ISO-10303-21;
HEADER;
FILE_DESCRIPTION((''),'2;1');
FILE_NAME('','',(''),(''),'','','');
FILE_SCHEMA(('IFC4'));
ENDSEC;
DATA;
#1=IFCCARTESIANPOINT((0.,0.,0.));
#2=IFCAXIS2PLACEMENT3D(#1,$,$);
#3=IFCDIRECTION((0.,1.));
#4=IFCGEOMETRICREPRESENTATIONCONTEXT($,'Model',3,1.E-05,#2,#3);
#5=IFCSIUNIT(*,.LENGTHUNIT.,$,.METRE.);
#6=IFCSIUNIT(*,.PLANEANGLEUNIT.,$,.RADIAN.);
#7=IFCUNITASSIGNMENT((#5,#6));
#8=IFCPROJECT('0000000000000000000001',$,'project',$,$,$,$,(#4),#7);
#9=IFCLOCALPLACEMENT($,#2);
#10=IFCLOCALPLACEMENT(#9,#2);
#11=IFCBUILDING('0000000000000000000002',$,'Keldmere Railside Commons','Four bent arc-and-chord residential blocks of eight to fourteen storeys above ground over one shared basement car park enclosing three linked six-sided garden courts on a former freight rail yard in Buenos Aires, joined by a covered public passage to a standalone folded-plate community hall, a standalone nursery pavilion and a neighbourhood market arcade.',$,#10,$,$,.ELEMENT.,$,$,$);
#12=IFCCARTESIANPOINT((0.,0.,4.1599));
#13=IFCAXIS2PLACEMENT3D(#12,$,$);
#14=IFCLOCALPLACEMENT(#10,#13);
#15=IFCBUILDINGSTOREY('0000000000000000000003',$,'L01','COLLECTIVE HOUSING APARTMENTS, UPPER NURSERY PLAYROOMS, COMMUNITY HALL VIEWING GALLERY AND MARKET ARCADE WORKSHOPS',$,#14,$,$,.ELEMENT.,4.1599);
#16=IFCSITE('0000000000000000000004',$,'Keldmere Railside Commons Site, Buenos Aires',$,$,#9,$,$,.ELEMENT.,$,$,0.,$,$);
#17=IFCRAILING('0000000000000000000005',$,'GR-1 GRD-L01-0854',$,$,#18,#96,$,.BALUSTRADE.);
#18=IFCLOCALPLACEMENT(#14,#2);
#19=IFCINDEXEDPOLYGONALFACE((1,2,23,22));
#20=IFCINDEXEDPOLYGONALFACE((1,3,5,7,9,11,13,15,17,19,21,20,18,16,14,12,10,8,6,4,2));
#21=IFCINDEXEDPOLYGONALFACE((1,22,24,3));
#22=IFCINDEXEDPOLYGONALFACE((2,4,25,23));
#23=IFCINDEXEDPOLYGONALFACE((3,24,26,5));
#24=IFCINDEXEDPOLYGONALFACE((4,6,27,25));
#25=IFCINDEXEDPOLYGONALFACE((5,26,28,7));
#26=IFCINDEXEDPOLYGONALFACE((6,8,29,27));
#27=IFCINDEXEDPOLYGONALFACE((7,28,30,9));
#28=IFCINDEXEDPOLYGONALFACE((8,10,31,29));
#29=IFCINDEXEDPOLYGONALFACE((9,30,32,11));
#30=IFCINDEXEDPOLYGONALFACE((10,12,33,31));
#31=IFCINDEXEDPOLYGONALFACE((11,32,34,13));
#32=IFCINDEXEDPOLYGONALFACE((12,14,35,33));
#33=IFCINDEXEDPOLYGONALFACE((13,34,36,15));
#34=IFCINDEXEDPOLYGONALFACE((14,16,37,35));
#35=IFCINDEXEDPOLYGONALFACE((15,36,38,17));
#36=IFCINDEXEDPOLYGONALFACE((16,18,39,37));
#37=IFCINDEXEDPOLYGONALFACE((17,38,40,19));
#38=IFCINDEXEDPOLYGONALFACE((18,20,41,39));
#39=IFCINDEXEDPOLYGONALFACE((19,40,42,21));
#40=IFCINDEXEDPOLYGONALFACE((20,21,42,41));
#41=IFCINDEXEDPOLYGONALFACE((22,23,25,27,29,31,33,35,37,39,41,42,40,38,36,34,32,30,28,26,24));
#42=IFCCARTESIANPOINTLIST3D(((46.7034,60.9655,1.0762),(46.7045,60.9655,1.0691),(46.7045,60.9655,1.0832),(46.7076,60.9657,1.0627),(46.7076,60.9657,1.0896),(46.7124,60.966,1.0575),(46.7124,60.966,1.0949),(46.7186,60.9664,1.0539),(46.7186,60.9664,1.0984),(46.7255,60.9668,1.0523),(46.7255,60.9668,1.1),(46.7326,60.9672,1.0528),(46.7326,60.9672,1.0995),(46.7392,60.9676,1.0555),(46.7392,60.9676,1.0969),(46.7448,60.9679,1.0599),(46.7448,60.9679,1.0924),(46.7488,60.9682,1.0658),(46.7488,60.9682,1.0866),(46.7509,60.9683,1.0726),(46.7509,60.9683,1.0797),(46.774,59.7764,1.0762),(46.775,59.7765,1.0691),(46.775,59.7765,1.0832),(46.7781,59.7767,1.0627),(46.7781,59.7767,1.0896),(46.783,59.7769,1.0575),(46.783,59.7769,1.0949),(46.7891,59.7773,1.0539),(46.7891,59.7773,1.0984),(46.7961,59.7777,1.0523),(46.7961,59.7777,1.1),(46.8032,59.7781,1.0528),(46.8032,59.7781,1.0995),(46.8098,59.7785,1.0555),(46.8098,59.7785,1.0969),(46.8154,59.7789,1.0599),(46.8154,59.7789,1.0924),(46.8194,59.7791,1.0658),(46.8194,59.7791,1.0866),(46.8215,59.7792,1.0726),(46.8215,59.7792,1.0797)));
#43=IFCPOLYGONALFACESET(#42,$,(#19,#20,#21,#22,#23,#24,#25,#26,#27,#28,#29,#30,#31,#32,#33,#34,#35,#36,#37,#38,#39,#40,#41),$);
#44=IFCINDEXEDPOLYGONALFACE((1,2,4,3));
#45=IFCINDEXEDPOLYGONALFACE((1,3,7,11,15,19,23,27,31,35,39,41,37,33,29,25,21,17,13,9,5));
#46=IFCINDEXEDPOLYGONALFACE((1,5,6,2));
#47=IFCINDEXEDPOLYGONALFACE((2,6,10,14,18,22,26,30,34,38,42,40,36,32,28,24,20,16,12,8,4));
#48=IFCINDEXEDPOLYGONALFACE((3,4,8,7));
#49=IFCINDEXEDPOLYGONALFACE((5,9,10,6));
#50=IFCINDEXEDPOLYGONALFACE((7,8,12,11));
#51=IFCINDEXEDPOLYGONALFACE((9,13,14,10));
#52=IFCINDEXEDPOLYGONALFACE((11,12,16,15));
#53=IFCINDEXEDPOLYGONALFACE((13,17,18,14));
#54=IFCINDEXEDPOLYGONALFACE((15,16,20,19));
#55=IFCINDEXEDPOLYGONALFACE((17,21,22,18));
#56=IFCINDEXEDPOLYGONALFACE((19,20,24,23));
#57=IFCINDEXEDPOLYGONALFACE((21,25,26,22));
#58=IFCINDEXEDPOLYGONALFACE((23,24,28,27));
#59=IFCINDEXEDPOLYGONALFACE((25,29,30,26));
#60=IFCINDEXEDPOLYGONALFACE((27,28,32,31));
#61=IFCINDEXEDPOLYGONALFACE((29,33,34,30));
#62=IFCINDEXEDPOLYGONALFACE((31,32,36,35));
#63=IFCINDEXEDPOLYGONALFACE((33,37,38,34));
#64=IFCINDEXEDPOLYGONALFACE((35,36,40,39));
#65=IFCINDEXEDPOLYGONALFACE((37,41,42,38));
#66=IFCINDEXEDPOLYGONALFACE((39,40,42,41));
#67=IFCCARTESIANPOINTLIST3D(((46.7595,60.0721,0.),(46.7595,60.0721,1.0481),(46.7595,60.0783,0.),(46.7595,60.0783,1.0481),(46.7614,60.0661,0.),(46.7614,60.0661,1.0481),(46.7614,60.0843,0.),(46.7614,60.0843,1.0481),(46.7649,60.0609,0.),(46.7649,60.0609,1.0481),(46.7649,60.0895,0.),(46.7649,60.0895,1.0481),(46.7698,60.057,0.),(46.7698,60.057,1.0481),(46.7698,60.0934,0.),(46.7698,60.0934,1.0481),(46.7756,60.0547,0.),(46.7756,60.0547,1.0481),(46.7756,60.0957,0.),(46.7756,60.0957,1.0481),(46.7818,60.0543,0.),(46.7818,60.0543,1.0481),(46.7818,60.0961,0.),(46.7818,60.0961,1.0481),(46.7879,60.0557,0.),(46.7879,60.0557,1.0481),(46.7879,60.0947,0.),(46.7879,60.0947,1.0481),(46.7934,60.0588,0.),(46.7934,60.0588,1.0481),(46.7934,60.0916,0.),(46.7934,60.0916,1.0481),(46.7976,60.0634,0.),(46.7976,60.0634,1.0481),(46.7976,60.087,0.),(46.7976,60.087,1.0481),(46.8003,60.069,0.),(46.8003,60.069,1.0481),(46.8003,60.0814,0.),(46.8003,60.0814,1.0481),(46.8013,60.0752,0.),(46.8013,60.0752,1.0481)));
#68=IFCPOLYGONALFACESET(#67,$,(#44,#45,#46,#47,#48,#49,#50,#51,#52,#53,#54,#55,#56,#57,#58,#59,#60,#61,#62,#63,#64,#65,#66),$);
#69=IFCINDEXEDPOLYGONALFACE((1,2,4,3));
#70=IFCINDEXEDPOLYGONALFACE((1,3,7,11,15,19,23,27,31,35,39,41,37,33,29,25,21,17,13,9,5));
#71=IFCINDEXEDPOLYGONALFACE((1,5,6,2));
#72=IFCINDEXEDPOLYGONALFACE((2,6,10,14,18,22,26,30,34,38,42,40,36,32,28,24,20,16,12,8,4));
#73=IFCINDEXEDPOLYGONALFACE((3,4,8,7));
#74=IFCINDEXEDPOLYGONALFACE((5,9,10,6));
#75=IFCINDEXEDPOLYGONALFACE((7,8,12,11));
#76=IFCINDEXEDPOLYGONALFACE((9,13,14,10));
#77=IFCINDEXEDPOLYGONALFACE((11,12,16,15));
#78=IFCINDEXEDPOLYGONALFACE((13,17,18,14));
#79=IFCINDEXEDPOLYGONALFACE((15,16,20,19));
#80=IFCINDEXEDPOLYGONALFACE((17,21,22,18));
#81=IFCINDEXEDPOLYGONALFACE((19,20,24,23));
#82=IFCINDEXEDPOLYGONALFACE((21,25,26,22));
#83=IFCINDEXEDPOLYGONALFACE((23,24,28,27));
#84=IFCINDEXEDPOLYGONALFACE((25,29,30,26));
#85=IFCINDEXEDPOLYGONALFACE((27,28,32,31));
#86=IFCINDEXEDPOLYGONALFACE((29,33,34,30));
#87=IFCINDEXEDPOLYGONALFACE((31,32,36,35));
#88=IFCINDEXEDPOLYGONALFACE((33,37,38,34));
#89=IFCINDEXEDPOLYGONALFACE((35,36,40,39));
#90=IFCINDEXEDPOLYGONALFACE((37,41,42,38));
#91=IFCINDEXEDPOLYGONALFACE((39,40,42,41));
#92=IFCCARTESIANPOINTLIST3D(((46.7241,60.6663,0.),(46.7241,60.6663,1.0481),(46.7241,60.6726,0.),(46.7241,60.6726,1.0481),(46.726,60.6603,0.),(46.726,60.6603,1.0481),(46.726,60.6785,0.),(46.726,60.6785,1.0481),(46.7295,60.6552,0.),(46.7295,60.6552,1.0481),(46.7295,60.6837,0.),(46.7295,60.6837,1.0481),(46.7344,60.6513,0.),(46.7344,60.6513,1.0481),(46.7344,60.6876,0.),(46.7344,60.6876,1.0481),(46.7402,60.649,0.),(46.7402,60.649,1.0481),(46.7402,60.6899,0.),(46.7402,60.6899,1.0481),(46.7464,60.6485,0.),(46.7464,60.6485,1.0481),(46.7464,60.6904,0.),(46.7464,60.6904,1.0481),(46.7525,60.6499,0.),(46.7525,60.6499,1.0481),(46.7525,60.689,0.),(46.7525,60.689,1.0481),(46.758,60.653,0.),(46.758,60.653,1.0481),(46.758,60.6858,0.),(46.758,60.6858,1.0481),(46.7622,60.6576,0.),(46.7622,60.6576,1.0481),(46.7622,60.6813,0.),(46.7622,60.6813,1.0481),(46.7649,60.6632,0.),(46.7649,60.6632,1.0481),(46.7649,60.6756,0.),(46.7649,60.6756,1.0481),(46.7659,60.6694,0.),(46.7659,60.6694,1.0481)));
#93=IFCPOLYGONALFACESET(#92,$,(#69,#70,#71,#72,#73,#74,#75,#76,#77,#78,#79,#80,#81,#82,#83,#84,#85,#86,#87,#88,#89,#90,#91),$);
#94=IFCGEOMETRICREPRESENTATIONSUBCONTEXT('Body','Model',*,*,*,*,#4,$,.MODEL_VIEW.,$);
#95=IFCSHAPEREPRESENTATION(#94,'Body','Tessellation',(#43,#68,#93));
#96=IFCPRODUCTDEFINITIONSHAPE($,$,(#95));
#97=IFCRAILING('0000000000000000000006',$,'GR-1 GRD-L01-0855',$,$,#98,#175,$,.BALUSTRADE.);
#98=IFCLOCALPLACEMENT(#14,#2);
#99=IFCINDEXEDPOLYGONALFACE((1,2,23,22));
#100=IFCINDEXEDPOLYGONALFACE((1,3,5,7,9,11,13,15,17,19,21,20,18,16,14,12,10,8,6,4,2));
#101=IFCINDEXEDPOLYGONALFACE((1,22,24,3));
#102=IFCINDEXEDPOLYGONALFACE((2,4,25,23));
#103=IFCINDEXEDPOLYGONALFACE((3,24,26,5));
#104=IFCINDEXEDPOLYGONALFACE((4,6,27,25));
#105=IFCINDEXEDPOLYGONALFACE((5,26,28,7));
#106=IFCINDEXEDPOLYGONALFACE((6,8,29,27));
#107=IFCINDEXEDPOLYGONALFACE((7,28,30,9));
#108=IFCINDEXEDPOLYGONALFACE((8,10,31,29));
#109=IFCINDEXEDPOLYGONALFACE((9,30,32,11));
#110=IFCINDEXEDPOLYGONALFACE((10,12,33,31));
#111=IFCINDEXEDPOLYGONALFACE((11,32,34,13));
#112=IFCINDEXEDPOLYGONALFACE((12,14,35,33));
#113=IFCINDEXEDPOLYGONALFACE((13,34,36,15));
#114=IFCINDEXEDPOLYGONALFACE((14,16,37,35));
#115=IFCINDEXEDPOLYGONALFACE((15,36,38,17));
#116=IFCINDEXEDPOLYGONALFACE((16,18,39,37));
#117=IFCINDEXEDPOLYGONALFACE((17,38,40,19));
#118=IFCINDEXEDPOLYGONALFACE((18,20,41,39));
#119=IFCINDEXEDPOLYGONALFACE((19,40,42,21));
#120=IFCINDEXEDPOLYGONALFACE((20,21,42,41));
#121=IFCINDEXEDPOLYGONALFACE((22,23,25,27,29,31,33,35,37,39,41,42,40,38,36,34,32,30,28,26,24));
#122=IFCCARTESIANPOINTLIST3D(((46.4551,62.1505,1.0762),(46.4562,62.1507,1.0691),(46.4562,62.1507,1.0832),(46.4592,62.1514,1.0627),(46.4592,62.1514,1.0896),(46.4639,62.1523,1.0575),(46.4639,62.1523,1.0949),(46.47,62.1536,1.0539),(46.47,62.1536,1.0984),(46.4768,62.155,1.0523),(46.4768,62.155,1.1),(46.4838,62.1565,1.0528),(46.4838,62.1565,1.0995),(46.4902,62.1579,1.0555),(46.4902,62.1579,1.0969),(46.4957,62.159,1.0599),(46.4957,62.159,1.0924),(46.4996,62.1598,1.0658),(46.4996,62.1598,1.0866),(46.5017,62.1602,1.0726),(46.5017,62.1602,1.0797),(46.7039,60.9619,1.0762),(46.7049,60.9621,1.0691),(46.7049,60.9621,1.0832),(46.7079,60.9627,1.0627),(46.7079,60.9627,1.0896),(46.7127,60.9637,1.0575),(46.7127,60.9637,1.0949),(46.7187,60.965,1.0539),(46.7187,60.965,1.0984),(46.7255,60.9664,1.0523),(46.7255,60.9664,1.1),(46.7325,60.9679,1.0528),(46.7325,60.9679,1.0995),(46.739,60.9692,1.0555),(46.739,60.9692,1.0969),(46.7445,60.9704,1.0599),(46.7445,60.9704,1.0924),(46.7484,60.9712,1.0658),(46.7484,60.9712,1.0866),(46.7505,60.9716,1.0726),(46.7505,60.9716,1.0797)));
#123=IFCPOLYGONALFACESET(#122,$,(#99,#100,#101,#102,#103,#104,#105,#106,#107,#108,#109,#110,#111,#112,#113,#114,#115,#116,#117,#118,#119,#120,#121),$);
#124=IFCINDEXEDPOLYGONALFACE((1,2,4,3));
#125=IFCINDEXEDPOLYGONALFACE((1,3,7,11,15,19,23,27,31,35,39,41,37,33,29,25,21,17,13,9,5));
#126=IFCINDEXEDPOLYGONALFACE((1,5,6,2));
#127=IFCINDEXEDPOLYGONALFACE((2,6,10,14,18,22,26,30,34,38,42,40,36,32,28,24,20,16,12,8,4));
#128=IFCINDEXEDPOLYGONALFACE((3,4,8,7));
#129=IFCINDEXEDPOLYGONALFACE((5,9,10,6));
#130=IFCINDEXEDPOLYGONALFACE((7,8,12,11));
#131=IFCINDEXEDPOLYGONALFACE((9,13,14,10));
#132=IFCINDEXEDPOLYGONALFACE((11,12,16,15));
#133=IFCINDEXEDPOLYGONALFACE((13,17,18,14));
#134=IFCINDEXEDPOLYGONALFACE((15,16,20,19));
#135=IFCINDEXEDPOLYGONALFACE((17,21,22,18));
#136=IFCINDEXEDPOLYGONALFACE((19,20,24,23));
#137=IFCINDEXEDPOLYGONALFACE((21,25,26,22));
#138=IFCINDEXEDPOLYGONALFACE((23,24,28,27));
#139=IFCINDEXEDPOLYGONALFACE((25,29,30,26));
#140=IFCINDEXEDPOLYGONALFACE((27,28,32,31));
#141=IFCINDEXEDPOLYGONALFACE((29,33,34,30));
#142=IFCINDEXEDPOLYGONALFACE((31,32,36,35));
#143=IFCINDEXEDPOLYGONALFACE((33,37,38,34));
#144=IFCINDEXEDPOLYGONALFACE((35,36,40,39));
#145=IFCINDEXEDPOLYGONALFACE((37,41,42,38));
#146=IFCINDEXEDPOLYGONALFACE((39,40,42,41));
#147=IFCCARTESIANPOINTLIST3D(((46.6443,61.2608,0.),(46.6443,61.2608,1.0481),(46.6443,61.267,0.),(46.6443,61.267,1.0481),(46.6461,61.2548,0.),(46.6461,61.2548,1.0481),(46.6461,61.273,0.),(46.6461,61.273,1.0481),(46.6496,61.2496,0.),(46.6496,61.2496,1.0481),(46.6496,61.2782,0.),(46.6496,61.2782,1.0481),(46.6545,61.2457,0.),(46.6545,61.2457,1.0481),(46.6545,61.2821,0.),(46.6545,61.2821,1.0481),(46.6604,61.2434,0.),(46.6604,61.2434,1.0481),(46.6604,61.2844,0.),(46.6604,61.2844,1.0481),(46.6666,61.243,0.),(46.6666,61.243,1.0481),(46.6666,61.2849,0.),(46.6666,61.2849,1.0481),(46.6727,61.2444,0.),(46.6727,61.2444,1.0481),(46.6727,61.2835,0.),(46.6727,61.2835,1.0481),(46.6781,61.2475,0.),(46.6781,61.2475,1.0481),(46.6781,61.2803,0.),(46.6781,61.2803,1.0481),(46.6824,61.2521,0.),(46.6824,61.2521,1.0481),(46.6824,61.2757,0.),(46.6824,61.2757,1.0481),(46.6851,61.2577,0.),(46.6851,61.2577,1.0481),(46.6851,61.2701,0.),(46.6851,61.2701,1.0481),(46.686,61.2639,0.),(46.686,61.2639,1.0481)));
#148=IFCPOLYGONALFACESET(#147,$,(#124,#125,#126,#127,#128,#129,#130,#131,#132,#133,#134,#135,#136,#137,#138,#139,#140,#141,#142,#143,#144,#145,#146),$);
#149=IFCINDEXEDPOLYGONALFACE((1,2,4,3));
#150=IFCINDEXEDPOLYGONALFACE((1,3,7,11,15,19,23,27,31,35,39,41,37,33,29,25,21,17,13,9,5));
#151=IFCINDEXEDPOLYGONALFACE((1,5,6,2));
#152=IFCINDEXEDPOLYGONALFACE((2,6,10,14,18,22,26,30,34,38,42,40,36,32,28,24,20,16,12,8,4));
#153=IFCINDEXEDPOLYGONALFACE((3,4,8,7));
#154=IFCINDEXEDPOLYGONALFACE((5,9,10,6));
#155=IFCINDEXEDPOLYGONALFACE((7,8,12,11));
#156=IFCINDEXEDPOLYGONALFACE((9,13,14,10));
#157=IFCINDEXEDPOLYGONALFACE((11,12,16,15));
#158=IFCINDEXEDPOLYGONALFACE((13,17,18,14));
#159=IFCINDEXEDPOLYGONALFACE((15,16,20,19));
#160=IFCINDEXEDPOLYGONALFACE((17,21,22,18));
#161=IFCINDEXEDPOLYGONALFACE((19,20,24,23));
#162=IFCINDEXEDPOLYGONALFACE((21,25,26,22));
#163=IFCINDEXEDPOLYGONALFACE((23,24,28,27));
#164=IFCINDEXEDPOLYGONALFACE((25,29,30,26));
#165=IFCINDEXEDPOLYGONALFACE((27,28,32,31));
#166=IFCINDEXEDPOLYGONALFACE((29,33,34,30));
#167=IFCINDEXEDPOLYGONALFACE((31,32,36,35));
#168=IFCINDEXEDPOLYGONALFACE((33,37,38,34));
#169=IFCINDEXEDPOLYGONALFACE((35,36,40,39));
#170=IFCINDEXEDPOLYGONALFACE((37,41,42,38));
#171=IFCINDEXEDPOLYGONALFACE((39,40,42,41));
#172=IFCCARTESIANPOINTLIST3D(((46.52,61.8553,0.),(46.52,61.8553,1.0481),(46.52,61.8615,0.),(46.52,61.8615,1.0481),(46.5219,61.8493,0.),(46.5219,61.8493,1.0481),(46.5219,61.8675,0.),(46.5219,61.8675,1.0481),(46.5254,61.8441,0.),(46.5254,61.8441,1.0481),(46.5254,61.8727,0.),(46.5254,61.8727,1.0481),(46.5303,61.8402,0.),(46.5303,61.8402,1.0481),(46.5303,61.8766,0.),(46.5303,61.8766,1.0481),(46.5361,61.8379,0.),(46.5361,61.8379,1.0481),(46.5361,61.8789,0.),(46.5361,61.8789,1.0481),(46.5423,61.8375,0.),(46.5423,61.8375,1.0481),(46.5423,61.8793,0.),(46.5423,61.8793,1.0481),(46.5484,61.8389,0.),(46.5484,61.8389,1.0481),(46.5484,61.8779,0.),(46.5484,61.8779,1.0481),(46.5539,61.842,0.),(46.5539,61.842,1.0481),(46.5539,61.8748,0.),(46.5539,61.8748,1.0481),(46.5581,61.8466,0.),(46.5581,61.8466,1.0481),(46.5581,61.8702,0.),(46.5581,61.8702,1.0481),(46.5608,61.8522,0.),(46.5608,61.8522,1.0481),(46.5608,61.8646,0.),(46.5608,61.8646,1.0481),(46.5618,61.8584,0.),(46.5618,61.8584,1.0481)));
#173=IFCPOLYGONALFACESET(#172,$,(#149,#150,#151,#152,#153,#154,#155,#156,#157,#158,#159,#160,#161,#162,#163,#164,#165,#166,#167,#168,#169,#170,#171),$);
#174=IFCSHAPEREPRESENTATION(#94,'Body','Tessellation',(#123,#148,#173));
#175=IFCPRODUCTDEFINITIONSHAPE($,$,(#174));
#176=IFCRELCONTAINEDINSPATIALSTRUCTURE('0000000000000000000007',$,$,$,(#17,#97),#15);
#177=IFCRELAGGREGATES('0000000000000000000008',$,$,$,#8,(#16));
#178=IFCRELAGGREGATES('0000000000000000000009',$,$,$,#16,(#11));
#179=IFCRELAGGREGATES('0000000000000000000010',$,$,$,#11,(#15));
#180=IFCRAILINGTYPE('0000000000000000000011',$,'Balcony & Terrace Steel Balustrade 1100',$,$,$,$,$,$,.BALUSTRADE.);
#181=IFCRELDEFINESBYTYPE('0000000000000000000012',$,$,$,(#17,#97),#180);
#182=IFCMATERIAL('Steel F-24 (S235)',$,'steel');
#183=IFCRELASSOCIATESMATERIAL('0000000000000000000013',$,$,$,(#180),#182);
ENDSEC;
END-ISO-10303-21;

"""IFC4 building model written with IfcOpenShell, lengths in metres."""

from ifc_helpers import new_model, si_unit, direction, frame, origin, origin_2d, place, context, subcontext, project, spatial, circle, extrude, material, type_object, element, save


model = new_model("IFC4")

# Units and contexts
model_context = context("Model", 3, precision=1e-05, world=origin(), true_north=direction((0.0, 1.0)))
body_context = subcontext(model_context, "Body", "Model", "MODEL_VIEW")
ifc_project = project(units=[si_unit("LENGTHUNIT", "METRE"), si_unit("PLANEANGLEUNIT", "RADIAN")], contexts=[model_context])

# Site, building, storey
site_placement = place(None, origin())
site = spatial("IfcSite", under=ifc_project, at=site_placement, Name="Keldmere Railside Commons Site, Buenos Aires", CompositionType="ELEMENT", RefElevation=0.0)
building_placement = place(site_placement, origin())
building = spatial("IfcBuilding", under=site, at=building_placement, Name="Keldmere Railside Commons", Description="Four bent arc-and-chord residential blocks of eight to fourteen storeys above ground over one shared basement car park enclosing three linked six-sided garden courts on a former freight rail yard in Buenos Aires, joined by a covered public passage to a standalone folded-plate community hall, a standalone nursery pavilion and a neighbourhood market arcade.", CompositionType="ELEMENT")
storey_placement = place(building_placement, frame((0.0, 0.0, 4.1599)))
storey = spatial("IfcBuildingStorey", under=building, at=storey_placement, Name="L01", Description="COLLECTIVE HOUSING APARTMENTS, UPPER NURSERY PLAYROOMS, COMMUNITY HALL VIEWING GALLERY AND MARKET ARCADE WORKSHOPS", CompositionType="ELEMENT", Elevation=4.1599)

# Railings
ifc_material_1 = material(Name="Steel F-24 (S235)", Category="steel")
railing_type = type_object("IfcRailingType", Name="Balcony & Terrace Steel Balustrade 1100", PredefinedType="BALUSTRADE", material=ifc_material_1)
railing_1_placement = place(storey_placement, frame((46.7979, 59.7778, 0.0)))
element("IfcRailing", 1, at=railing_1_placement, inside=storey, type_object=railing_type, Name="GR-1 GRD-L01-0854", PredefinedType="BALUSTRADE", context=body_context, shape_type="SweptSolid", body=[
    extrude(circle(Radius=0.0239, at=origin_2d()), frame((0.0, 0.0, 1.0762), z_axis=(-0.059239, 0.998244, 0.0), x_axis=(-0.998244, -0.059239, 0.0)), (0.0, 0.0, 1.0), 1.1912),
    extrude(circle(Radius=0.021, at=origin_2d()), frame((-0.0176, 0.2974, 0.0)), (0.0, 0.0, 1.0), 1.0481),
    extrude(circle(Radius=0.021, at=origin_2d()), frame((-0.053, 0.8916, 0.0)), (0.0, 0.0, 1.0), 1.0481),
])
railing_2_placement = place(storey_placement, frame((46.7273, 60.9668, 0.0)))
element("IfcRailing", 2, at=railing_2_placement, inside=storey, type_object=railing_type, Name="GR-1 GRD-L01-0855", PredefinedType="BALUSTRADE", context=body_context, shape_type="SweptSolid", body=[
    extrude(circle(Radius=0.0239, at=origin_2d()), frame((0.0, 0.0, 1.0762), z_axis=(-0.204845, 0.978794, 0.0), x_axis=(-0.978794, -0.204845, 0.0)), (0.0, 0.0, 1.0), 1.2144),
    extrude(circle(Radius=0.021, at=origin_2d()), frame((-0.0623, 0.2971, 0.0)), (0.0, 0.0, 1.0), 1.0481),
    extrude(circle(Radius=0.021, at=origin_2d()), frame((-0.1865, 0.8916, 0.0)), (0.0, 0.0, 1.0), 1.0481),
])

save(model, "model.ifc")
